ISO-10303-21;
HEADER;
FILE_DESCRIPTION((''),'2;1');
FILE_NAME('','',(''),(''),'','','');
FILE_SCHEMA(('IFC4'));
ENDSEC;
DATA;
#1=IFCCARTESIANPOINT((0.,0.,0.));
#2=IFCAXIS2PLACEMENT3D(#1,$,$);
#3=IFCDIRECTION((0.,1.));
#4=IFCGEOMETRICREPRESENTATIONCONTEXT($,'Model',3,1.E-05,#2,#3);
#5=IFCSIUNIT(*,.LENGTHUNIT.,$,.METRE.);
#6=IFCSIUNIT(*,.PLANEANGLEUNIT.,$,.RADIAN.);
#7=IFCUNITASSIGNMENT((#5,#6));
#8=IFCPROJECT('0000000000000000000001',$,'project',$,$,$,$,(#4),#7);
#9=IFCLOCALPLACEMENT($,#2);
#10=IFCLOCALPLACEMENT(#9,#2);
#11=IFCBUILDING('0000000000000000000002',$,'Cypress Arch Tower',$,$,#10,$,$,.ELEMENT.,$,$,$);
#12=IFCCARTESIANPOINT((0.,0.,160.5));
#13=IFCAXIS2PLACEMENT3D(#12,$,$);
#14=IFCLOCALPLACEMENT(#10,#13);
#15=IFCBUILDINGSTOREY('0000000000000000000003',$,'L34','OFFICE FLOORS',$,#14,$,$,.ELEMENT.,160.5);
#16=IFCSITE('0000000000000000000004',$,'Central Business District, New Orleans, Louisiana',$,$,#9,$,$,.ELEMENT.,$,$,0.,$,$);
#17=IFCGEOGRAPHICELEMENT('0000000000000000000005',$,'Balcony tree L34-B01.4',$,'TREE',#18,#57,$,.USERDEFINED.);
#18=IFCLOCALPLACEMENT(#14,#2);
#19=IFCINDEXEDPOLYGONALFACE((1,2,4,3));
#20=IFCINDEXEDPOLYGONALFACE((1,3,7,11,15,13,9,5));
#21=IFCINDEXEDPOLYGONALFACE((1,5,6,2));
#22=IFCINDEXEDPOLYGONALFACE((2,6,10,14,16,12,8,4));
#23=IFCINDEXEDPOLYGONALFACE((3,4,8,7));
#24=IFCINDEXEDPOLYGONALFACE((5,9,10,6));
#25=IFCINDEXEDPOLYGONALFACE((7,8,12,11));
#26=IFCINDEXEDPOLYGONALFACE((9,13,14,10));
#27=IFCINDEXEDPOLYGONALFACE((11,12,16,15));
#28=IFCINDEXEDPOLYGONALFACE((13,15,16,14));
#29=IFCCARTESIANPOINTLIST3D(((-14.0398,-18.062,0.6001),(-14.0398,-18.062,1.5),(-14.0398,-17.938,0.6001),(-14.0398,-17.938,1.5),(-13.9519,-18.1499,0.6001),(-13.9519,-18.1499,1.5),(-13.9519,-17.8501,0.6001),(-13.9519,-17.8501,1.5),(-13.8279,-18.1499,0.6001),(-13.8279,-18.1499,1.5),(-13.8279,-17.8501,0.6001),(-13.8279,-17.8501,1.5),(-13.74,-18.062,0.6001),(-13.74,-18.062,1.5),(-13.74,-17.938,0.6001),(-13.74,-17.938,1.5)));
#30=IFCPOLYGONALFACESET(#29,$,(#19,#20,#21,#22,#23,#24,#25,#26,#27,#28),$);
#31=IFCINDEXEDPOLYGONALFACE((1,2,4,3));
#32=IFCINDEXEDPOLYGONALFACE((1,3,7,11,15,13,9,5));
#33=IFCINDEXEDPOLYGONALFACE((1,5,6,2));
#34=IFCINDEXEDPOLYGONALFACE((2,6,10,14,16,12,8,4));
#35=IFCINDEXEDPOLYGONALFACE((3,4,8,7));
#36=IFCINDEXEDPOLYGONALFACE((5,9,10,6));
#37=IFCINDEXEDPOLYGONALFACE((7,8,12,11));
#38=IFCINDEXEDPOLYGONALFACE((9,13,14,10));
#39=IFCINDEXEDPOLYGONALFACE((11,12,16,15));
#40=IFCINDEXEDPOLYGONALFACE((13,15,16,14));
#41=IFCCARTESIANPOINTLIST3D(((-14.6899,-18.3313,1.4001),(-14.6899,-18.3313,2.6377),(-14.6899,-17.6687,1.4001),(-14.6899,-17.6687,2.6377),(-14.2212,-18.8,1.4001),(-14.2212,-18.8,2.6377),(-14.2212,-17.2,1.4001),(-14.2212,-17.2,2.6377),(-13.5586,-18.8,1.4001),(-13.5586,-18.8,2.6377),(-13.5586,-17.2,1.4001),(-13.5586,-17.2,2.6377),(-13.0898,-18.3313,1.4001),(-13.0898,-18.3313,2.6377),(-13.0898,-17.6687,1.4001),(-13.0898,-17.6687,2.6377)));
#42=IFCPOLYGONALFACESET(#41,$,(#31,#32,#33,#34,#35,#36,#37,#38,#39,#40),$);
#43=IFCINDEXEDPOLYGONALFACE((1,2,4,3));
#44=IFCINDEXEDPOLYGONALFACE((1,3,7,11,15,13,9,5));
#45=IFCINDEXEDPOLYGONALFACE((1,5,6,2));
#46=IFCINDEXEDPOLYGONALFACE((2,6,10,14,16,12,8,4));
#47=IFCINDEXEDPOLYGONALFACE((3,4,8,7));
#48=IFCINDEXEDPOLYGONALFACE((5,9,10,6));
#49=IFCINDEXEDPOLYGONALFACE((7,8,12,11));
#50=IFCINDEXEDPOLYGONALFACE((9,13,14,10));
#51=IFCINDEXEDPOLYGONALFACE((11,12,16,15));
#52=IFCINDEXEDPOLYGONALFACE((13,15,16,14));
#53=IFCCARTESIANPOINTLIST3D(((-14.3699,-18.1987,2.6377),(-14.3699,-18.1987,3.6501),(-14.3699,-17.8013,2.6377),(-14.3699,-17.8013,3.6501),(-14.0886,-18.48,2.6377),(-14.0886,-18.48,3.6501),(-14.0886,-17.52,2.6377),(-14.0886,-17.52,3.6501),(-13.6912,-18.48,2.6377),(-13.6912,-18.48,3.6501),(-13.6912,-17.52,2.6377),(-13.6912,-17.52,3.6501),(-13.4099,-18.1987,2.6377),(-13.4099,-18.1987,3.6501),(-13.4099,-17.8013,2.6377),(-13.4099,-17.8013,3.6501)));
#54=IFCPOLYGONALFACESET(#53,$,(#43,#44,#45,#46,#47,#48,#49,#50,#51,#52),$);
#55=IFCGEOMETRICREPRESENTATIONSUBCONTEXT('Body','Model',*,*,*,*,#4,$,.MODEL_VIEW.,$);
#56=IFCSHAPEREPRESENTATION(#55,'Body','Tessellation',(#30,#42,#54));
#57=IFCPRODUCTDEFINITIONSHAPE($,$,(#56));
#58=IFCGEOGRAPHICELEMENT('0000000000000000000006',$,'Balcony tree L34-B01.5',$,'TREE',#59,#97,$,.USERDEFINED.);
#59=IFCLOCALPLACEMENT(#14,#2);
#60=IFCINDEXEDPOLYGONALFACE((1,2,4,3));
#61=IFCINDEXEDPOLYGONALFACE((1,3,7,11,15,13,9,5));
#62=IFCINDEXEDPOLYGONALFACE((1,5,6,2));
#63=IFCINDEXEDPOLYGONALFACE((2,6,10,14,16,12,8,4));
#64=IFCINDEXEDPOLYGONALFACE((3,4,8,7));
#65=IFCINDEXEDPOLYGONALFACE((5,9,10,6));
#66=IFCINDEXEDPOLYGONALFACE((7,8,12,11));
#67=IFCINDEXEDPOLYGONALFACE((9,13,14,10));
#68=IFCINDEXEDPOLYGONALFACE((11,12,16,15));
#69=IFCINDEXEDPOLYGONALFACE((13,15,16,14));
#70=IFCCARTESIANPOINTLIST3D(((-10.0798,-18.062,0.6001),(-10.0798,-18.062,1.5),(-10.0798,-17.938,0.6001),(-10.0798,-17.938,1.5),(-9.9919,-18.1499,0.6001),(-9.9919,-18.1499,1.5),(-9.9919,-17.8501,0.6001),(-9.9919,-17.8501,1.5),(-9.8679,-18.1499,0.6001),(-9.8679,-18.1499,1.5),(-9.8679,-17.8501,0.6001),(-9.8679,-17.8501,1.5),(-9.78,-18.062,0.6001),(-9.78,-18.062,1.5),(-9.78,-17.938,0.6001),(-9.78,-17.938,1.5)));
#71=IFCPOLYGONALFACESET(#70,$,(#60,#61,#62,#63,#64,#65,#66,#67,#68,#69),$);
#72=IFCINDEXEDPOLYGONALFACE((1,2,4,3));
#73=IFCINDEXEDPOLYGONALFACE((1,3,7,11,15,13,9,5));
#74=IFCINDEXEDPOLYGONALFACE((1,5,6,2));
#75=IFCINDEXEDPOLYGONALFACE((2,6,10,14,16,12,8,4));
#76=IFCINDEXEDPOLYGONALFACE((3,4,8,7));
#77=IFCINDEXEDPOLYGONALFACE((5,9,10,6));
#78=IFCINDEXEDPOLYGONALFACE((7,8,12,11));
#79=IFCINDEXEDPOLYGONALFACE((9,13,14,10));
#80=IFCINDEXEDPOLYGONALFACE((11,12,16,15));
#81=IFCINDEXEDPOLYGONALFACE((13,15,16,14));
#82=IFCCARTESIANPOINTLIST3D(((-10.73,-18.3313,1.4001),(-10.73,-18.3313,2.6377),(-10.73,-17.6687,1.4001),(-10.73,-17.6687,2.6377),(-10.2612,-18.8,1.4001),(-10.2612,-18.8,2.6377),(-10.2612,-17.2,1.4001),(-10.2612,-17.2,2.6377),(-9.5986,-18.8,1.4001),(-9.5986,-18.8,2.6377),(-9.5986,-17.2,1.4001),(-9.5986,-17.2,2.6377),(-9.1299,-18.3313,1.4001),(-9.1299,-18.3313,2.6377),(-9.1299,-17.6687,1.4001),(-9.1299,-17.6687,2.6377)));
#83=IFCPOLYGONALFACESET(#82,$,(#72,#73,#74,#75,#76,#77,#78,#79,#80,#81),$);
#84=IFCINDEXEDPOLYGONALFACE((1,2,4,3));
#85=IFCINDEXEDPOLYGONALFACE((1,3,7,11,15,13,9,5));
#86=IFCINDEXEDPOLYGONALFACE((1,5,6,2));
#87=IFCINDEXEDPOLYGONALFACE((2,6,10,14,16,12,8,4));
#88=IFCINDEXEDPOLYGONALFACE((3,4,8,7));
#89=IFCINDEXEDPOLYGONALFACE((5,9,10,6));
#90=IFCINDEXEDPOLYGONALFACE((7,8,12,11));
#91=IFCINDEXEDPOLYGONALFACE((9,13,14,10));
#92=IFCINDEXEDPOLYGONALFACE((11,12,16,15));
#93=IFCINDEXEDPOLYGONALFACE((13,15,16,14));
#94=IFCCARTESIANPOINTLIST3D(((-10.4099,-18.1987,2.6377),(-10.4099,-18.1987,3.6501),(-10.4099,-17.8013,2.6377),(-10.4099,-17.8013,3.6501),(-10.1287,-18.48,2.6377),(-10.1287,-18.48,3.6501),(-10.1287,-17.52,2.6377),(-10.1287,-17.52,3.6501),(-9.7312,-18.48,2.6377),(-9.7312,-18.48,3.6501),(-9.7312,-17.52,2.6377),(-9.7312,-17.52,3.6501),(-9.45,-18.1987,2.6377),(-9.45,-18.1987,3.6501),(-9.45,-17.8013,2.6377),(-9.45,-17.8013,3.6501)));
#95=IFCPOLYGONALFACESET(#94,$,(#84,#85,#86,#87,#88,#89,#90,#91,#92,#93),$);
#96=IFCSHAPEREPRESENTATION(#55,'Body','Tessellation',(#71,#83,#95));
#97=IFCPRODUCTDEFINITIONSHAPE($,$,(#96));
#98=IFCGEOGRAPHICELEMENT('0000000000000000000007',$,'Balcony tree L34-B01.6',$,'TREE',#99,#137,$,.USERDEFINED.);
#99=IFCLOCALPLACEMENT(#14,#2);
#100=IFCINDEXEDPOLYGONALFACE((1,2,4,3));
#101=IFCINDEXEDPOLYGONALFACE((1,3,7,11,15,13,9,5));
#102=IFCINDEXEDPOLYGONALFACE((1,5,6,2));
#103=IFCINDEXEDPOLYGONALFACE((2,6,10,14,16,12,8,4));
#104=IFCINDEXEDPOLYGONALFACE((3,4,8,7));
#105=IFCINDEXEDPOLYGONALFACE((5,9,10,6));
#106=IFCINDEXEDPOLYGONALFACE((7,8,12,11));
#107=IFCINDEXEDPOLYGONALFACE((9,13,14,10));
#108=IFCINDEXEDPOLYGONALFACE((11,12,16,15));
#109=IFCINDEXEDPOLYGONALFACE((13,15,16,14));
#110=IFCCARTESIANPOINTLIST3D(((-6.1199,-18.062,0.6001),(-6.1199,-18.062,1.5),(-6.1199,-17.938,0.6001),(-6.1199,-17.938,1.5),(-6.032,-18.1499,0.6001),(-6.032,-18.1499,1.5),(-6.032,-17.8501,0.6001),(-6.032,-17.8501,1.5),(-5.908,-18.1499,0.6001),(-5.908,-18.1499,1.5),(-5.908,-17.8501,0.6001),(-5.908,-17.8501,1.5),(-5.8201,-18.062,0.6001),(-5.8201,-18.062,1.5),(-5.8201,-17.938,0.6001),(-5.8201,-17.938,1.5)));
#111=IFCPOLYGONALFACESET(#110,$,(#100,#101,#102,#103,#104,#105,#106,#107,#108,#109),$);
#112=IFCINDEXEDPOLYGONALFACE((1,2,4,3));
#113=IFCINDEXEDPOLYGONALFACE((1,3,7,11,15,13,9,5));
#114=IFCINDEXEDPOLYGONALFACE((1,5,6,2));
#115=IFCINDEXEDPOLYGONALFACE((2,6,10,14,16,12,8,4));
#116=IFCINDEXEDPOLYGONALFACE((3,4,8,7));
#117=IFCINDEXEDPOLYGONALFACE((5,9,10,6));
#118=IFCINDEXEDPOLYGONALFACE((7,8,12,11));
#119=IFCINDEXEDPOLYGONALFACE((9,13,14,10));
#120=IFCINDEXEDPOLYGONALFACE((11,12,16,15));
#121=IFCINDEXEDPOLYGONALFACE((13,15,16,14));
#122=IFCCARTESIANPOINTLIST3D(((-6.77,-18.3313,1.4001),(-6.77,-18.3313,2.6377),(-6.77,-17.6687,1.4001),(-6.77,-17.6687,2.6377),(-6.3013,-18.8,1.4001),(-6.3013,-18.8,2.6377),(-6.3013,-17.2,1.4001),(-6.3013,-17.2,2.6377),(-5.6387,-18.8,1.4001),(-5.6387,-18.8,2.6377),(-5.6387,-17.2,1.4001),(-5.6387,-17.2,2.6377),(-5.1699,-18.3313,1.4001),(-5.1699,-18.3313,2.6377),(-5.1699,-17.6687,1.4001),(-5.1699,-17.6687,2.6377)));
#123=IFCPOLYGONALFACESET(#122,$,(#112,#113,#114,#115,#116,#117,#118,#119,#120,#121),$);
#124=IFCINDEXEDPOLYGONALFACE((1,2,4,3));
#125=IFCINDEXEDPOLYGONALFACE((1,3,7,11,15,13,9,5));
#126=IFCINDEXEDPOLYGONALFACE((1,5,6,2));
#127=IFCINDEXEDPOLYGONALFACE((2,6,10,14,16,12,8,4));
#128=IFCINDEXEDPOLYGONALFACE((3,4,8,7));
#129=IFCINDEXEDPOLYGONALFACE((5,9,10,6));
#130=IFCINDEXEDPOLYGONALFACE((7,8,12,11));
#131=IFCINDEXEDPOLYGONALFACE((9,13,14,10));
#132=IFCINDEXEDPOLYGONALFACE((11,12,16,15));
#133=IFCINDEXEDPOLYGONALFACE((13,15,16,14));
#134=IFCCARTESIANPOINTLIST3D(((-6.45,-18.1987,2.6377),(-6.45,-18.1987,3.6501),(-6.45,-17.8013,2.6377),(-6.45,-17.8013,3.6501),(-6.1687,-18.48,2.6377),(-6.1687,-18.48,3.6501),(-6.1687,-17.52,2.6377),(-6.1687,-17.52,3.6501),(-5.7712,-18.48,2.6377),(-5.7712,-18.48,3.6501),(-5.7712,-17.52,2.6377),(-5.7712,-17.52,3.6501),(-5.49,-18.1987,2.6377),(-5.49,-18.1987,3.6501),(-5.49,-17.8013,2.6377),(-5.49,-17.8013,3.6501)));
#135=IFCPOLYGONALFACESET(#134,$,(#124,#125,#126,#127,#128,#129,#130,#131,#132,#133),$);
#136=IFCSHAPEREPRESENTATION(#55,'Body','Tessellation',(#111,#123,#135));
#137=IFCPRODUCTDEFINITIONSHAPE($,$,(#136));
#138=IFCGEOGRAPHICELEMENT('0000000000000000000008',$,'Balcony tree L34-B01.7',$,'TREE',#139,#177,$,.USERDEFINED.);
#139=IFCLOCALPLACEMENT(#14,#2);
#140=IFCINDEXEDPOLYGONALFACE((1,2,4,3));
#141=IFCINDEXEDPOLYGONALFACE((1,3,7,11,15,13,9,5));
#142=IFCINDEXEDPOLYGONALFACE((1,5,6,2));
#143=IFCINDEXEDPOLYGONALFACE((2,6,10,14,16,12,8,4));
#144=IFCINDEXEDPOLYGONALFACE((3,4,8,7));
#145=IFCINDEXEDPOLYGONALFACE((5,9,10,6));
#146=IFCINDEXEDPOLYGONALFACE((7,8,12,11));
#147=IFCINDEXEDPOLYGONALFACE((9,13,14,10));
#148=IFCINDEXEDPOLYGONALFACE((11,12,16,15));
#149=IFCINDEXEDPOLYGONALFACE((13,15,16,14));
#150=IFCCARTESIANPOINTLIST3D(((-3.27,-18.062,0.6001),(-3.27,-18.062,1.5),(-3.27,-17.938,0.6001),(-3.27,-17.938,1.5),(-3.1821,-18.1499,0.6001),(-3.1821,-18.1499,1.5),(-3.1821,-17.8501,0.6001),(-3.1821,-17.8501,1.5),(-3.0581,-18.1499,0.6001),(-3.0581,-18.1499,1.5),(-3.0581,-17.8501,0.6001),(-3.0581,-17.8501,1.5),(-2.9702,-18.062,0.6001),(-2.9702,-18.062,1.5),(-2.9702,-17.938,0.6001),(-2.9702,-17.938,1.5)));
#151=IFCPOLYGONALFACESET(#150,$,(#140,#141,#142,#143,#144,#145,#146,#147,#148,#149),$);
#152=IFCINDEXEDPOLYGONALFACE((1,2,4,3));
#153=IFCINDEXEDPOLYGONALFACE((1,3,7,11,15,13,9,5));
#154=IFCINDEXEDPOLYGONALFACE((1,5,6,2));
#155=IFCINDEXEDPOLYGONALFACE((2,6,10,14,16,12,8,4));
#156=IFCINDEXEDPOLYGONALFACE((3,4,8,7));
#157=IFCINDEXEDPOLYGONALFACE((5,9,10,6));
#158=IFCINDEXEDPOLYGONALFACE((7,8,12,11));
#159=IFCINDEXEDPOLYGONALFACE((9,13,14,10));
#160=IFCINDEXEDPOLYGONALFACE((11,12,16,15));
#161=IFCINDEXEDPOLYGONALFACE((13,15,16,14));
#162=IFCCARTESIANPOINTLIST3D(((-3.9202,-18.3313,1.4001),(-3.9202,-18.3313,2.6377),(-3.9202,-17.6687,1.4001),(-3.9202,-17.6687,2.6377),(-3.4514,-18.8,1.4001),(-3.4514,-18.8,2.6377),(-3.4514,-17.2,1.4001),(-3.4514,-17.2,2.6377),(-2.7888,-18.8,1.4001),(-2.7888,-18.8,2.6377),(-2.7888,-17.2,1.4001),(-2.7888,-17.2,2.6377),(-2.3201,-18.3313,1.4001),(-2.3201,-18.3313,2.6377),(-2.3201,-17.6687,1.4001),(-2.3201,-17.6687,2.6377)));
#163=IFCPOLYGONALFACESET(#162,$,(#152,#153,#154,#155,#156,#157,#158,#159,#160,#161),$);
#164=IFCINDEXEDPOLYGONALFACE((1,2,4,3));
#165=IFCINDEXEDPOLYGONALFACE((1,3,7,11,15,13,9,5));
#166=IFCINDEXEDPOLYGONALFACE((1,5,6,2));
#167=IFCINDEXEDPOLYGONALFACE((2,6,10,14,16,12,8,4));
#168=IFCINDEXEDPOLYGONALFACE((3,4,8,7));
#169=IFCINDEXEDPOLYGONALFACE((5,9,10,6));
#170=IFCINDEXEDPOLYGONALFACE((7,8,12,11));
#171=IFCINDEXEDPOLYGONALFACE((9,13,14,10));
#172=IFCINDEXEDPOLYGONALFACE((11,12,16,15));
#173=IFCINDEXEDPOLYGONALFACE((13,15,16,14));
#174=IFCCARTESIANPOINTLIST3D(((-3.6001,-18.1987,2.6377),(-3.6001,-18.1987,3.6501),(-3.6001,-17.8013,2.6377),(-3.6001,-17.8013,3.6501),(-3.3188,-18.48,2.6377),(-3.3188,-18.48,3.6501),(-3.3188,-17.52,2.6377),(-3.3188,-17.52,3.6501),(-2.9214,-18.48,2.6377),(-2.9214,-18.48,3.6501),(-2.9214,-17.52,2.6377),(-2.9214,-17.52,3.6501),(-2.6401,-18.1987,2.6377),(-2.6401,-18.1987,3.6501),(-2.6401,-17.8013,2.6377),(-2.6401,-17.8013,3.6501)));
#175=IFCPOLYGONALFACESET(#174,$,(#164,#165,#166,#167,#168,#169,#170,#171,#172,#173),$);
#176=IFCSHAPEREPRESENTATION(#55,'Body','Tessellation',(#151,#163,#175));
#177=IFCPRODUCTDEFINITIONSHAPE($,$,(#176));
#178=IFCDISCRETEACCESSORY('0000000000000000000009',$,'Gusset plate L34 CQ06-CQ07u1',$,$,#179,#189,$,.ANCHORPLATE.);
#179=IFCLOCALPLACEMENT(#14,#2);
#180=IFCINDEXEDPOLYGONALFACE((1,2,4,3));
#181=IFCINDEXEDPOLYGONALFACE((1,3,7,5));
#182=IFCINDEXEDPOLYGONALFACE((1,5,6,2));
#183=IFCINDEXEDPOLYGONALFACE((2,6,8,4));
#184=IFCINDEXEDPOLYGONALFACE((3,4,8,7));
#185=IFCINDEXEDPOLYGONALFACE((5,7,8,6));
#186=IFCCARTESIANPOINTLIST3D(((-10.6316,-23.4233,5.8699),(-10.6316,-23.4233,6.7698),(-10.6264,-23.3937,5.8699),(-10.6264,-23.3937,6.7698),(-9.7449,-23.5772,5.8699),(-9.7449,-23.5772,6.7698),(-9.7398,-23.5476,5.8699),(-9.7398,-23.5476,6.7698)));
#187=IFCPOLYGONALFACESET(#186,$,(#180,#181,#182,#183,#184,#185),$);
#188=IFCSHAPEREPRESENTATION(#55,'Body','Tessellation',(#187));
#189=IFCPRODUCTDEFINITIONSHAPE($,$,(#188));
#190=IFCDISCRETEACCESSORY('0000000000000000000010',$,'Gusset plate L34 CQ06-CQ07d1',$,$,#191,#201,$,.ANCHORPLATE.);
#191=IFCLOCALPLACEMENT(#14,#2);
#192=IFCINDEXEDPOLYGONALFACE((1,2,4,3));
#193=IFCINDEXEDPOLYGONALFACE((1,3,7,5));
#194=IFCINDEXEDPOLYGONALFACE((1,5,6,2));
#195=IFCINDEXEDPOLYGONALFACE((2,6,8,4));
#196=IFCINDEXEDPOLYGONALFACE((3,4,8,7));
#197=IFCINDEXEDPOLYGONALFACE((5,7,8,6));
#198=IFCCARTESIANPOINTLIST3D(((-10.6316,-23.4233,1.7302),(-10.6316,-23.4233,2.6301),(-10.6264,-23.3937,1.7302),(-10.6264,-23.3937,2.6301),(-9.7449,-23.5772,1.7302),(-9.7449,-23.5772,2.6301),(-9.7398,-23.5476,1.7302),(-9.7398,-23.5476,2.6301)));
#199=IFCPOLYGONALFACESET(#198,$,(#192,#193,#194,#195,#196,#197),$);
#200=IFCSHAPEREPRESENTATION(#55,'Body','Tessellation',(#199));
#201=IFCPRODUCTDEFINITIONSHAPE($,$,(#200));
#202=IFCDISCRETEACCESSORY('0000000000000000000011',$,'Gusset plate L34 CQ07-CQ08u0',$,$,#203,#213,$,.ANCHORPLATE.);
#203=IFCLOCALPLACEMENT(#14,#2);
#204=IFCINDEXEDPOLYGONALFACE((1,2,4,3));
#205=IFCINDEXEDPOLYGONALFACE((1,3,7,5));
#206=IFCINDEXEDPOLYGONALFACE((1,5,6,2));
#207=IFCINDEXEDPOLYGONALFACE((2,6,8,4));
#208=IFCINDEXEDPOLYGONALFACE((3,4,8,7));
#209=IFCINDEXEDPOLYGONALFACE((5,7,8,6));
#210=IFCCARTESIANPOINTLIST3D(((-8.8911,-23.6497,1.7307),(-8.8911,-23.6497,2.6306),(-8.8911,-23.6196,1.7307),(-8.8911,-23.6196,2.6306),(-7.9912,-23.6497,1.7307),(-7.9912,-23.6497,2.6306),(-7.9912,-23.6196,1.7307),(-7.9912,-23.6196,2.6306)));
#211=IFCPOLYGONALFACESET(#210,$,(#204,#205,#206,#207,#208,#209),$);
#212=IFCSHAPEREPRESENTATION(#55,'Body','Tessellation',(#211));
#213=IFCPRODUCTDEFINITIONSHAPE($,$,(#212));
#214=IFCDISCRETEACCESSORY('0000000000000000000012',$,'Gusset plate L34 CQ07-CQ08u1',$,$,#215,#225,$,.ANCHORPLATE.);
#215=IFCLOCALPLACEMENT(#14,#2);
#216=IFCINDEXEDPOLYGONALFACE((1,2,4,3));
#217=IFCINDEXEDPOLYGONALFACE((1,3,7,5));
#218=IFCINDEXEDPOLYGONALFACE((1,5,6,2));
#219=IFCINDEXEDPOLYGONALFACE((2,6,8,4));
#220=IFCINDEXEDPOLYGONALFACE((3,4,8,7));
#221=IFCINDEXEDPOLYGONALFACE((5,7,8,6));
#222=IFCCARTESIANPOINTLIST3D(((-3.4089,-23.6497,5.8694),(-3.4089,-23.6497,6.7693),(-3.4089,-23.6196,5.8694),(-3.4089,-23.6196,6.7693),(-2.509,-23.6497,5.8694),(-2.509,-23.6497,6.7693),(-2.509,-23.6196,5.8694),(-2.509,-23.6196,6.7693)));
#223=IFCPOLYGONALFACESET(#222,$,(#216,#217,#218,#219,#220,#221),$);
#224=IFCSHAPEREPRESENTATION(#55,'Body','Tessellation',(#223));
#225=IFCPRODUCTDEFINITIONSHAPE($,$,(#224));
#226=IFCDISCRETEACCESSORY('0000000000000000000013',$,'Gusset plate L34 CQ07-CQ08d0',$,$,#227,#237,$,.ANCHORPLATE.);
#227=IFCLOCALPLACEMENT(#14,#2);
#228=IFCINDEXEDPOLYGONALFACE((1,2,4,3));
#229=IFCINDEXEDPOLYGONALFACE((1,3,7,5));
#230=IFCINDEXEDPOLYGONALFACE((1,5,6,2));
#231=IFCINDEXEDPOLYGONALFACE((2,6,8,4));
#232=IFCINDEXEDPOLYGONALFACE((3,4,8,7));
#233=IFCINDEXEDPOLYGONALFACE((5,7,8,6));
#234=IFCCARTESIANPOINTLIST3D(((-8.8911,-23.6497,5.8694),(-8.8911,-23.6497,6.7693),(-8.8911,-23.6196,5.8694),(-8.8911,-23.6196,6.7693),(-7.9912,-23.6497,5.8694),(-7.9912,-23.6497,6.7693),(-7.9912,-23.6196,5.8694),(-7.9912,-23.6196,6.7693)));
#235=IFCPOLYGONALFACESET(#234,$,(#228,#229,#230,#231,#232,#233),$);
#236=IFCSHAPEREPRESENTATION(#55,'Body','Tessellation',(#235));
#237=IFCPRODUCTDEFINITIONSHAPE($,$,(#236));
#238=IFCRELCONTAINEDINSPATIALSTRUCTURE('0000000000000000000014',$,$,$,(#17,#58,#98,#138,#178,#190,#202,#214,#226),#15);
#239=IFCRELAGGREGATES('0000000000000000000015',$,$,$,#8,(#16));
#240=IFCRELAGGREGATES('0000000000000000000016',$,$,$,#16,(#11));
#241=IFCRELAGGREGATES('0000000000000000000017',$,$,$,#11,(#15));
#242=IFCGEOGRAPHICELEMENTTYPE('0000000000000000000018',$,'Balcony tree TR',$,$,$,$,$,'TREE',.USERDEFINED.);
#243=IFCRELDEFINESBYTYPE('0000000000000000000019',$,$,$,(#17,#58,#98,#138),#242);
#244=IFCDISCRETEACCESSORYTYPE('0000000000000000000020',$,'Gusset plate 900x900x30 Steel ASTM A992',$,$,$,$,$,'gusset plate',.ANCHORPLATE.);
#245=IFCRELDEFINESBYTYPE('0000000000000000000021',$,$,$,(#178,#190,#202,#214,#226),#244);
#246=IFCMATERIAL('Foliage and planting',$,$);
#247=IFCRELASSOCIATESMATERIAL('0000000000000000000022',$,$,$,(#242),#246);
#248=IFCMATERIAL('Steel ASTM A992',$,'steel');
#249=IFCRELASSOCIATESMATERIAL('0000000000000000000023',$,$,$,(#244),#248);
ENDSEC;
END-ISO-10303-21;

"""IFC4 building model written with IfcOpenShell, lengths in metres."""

from ifc_helpers import new_model, si_unit, direction, frame, origin, origin_2d, place, context, subcontext, project, spatial, polyline, rectangle, outline, extrude, material, material_profile, profile_set, type_object, element, save


model = new_model("IFC4")

# Units and contexts
model_context = context("Model", 3, precision=1e-05, world=origin(), true_north=direction((0.0, 1.0)))
body_context = subcontext(model_context, "Body", "Model", "MODEL_VIEW")
ifc_project = project(units=[si_unit("LENGTHUNIT", "METRE"), si_unit("PLANEANGLEUNIT", "RADIAN")], contexts=[model_context])

# Site, building, storey
site_placement = place(None, origin())
site = spatial("IfcSite", under=ifc_project, at=site_placement, Name="Central Business District, New Orleans, Louisiana", CompositionType="ELEMENT", RefElevation=0.0)
building_placement = place(site_placement, origin())
building = spatial("IfcBuilding", under=site, at=building_placement, Name="Cypress Arch Tower", CompositionType="ELEMENT")
storey_placement = place(building_placement, frame((0.0, 0.0, 160.5)))
storey = spatial("IfcBuildingStorey", under=building, at=storey_placement, Name="L34", Description="OFFICE FLOORS", CompositionType="ELEMENT", Elevation=160.5)

# Geographic elements
ifc_material_1 = material(Name="Foliage and planting")
geographic_element_type = type_object("IfcGeographicElementType", Name="Balcony tree TR", ElementType="TREE", PredefinedType="USERDEFINED", material=ifc_material_1)
for number, where, z_axis, x_axis, name in (
    (1, (-13.8899, -18.0, 0.6001), (0.0, 0.0, 1.0), (1.0, 0.0, 0.0), "Balcony tree L34-B01.4"),
    (2, (-9.9299, -18.0, 0.6001), (0.0, 0.0, 1.0), (1.0, 0.0, 0.0), "Balcony tree L34-B01.5"),
    (3, (-5.97, -18.0, 0.6001), (0.0, 0.0, 1.0), (1.0, 0.0, 0.0), "Balcony tree L34-B01.6"),
    (4, (-3.1201, -18.0, 0.6001), (0.0, 0.0, 1.0), (1.0, 0.0, 0.0), "Balcony tree L34-B01.7"),
):
    element("IfcGeographicElement", number, at=place(storey_placement, frame(where, z_axis=z_axis, x_axis=x_axis)), inside=storey, type_object=geographic_element_type, Name=name, ObjectType="TREE", PredefinedType="USERDEFINED", context=body_context, shape_type="SweptSolid", body=[
        extrude(outline(polyline([(0.1499, 0.062), (0.062, 0.1499), (-0.062, 0.1499), (-0.1499, 0.062), (-0.1499, -0.062), (-0.062, -0.1499), (0.062, -0.1499), (0.1499, -0.062), (0.1499, 0.062)])), origin(), (0.0, 0.0, 1.0), 0.8999),
        extrude(outline(polyline([(0.8, 0.3313), (0.3313, 0.8), (-0.3313, 0.8), (-0.8, 0.3313), (-0.8, -0.3313), (-0.3313, -0.8), (0.3313, -0.8), (0.8, -0.3313), (0.8, 0.3313)])), frame((0.0, 0.0, 0.8)), (0.0, 0.0, 1.0), 1.2375),
        extrude(outline(polyline([(0.48, 0.1987), (0.1987, 0.48), (-0.1987, 0.48), (-0.48, 0.1987), (-0.48, -0.1987), (-0.1987, -0.48), (0.1987, -0.48), (0.48, -0.1987), (0.48, 0.1987)])), frame((0.0, 0.0, 2.0376)), (0.0, 0.0, 1.0), 1.0125),
    ])

# Discrete accessories
ifc_material_2 = material(Name="Steel ASTM A992", Category="steel")
ifc_material_profile_1 = material_profile(ifc_material_2, rectangle(XDim=0.8999, YDim=0.8999, at=origin_2d()), Name="PL 30 900x900")
ifc_profile_set_1 = profile_set([ifc_material_profile_1], Name="Steel ASTM A992")
discrete_accessory_type_1 = type_object("IfcDiscreteAccessoryType", Name="Gusset plate 900x900x30 Steel ASTM A992", ElementType="gusset plate", PredefinedType="ANCHORPLATE", material=ifc_profile_set_1)
for number, where, z_axis, x_axis, name in (
    (5, (-10.1882, -23.5002, 6.3198), (0.170998, 0.985271, 0.0), (-0.985271, 0.170998, 0.0), "Gusset plate L34 CQ06-CQ07u1"),
    (6, (-10.1882, -23.5002, 2.1802), (0.170998, 0.985271, 0.0), (-0.985271, 0.170998, 0.0), "Gusset plate L34 CQ06-CQ07d1"),
    (7, (-8.4412, -23.6497, 2.1807), (0.0, 1.0, 0.0), (-1.0, 0.0, 0.0), "Gusset plate L34 CQ07-CQ08u0"),
    (8, (-2.959, -23.6497, 6.3193), (0.0, 1.0, 0.0), (-1.0, 0.0, 0.0), "Gusset plate L34 CQ07-CQ08u1"),
    (9, (-8.4412, -23.6497, 6.3193), (0.0, 1.0, 0.0), (-1.0, 0.0, 0.0), "Gusset plate L34 CQ07-CQ08d0"),
):
    element("IfcDiscreteAccessory", number, at=place(storey_placement, frame(where, z_axis=z_axis, x_axis=x_axis)), inside=storey, type_object=discrete_accessory_type_1, Name=name, PredefinedType="ANCHORPLATE", context=body_context, shape_type="SweptSolid", body=[
        extrude(rectangle(XDim=0.8999, YDim=0.8999, at=origin_2d()), origin(), (0.0, 0.0, 1.0), 0.03),
    ])

save(model, "model.ifc")
